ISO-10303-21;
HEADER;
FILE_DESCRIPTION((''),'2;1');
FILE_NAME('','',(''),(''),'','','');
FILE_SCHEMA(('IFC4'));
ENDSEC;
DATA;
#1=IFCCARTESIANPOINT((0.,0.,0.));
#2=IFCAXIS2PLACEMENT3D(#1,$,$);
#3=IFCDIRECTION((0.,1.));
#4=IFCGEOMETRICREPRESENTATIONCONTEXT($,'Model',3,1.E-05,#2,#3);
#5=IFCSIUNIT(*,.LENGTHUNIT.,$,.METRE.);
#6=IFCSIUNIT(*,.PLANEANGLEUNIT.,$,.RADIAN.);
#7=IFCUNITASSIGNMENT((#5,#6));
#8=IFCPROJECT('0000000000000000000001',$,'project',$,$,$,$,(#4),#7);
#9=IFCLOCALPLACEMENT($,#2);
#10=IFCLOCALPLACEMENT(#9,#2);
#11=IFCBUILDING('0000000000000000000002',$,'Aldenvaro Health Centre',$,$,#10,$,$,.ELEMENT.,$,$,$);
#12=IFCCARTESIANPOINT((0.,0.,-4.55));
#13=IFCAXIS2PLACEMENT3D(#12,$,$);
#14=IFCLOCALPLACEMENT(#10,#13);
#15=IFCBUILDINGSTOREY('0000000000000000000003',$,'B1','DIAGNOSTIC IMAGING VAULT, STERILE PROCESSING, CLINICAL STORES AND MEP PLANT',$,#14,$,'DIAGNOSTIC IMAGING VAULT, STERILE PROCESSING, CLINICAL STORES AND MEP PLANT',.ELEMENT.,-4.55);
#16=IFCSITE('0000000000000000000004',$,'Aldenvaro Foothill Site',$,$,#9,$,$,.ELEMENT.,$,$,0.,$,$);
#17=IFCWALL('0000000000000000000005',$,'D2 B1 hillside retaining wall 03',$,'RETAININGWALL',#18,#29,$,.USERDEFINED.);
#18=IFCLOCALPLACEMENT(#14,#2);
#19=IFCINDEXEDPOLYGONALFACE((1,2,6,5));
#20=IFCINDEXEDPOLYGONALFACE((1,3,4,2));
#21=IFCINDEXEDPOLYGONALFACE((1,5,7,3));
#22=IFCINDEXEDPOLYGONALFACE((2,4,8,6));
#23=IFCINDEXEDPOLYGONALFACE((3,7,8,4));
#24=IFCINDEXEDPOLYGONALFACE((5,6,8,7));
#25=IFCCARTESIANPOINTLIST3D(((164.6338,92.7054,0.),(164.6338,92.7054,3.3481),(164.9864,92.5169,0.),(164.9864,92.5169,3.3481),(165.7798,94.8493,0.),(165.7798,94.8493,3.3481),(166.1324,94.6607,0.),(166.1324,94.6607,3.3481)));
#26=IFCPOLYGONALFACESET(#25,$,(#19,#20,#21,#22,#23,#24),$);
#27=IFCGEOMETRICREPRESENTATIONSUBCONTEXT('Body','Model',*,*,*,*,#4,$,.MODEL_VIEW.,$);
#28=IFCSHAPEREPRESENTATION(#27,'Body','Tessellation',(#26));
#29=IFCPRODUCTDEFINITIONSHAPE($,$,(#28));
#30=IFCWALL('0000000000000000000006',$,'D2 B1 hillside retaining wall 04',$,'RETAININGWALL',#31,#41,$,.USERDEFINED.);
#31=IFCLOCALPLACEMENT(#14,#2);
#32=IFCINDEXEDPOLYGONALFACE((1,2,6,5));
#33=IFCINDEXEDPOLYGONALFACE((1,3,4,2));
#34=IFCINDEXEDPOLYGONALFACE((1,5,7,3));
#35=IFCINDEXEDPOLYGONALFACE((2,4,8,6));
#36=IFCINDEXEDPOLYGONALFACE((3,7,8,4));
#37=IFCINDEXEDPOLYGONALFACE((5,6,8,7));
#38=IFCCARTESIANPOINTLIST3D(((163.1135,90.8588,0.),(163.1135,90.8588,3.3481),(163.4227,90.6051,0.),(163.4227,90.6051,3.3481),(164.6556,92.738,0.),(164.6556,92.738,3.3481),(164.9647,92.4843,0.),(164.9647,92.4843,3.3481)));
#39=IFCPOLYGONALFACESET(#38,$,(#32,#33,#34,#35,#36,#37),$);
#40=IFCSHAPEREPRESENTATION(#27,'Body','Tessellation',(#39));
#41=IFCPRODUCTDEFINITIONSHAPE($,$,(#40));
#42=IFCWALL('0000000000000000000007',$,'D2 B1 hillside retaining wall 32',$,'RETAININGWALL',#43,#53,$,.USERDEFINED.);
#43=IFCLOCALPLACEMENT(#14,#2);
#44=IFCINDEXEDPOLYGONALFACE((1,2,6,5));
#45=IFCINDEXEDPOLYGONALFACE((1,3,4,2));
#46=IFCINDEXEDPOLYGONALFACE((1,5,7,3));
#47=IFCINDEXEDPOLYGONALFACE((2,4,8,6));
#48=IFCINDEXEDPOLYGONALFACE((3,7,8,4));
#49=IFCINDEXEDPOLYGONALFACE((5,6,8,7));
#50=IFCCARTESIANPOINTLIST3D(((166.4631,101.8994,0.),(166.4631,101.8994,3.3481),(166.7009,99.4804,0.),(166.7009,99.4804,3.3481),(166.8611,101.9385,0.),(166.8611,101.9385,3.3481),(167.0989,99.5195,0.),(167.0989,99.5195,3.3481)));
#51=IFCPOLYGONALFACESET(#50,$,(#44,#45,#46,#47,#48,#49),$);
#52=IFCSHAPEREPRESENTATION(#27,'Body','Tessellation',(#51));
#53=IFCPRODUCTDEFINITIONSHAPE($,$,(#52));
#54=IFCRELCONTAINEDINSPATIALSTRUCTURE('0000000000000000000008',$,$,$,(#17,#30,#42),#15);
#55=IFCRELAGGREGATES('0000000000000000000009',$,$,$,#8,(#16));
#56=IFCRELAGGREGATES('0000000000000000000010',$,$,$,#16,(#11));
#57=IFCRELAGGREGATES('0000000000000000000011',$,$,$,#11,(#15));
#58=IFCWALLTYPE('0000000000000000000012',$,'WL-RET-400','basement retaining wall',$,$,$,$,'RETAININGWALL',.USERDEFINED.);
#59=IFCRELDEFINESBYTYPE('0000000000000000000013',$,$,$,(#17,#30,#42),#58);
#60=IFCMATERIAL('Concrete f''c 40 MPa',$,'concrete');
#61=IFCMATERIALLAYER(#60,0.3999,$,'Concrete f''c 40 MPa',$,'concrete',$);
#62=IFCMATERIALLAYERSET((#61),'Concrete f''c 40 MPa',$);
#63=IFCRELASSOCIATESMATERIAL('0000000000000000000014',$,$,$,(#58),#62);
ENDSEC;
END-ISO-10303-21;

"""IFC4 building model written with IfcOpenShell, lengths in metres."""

from ifc_helpers import new_model, si_unit, direction, frame, frame_2d, origin, place, context, subcontext, project, spatial, rectangle, extrude, material, layer, layer_set, type_object, element, save


model = new_model("IFC4")

# Units and contexts
model_context = context("Model", 3, precision=1e-05, world=origin(), true_north=direction((0.0, 1.0)))
body_context = subcontext(model_context, "Body", "Model", "MODEL_VIEW")
ifc_project = project(units=[si_unit("LENGTHUNIT", "METRE"), si_unit("PLANEANGLEUNIT", "RADIAN")], contexts=[model_context])

# Site, building, storey
site_placement = place(None, origin())
site = spatial("IfcSite", under=ifc_project, at=site_placement, Name="Aldenvaro Foothill Site", CompositionType="ELEMENT", RefElevation=0.0)
building_placement = place(site_placement, origin())
building = spatial("IfcBuilding", under=site, at=building_placement, Name="Aldenvaro Health Centre", CompositionType="ELEMENT")
storey_placement = place(building_placement, frame((0.0, 0.0, -4.55)))
storey = spatial("IfcBuildingStorey", under=building, at=storey_placement, Name="B1", Description="DIAGNOSTIC IMAGING VAULT, STERILE PROCESSING, CLINICAL STORES AND MEP PLANT", LongName="DIAGNOSTIC IMAGING VAULT, STERILE PROCESSING, CLINICAL STORES AND MEP PLANT", CompositionType="ELEMENT", Elevation=-4.55)

# Shared definitions
ifc_material_1 = material(Name="Concrete f'c 40 MPa", Category="concrete")

# Walls
ifc_layer_1 = layer(ifc_material_1, 0.3999, Name="Concrete f'c 40 MPa", Category="concrete")
ifc_layer_set_1 = layer_set([ifc_layer_1], Name="Concrete f'c 40 MPa")
wall_type_1 = type_object("IfcWallType", Name="WL-RET-400", Description="basement retaining wall", ElementType="RETAININGWALL", PredefinedType="USERDEFINED", material=ifc_layer_set_1)
for number, where, z_axis, x_axis, name in (
    (1, (165.9561, 94.7549, 0.0), (0.0, 0.0, 1.0), (-0.471432, -0.881902, 0.0), "D2 B1 hillside retaining wall 03"),
    (2, (164.8101, 92.6111, 0.0), (0.0, 0.0, 1.0), (-0.634347, -0.773048, 0.0), "D2 B1 hillside retaining wall 04"),
):
    element("IfcWall", number, at=place(storey_placement, frame(where, z_axis=z_axis, x_axis=x_axis)), inside=storey, type_object=wall_type_1, Name=name, ObjectType="RETAININGWALL", PredefinedType="USERDEFINED", context=body_context, shape_type="SweptSolid", body=[
        extrude(rectangle(XDim=2.4309, YDim=0.3999, at=frame_2d((1.2153, 0.0))), origin(), (0.0, 0.0, 1.0), 3.3481),
    ])
wall_1_placement = place(storey_placement, frame((166.6621, 101.9189, 0.0), z_axis=(0.0, 0.0, 1.0), x_axis=(0.097833, -0.995203, 0.0)))
element("IfcWall", 3, at=wall_1_placement, inside=storey, type_object=wall_type_1, Name="D2 B1 hillside retaining wall 32", ObjectType="RETAININGWALL", PredefinedType="USERDEFINED", context=body_context, shape_type="SweptSolid", body=[
    extrude(rectangle(XDim=2.4307, YDim=0.3999, at=frame_2d((1.2153, 0.0))), origin(), (0.0, 0.0, 1.0), 3.3481),
])

save(model, "model.ifc")
